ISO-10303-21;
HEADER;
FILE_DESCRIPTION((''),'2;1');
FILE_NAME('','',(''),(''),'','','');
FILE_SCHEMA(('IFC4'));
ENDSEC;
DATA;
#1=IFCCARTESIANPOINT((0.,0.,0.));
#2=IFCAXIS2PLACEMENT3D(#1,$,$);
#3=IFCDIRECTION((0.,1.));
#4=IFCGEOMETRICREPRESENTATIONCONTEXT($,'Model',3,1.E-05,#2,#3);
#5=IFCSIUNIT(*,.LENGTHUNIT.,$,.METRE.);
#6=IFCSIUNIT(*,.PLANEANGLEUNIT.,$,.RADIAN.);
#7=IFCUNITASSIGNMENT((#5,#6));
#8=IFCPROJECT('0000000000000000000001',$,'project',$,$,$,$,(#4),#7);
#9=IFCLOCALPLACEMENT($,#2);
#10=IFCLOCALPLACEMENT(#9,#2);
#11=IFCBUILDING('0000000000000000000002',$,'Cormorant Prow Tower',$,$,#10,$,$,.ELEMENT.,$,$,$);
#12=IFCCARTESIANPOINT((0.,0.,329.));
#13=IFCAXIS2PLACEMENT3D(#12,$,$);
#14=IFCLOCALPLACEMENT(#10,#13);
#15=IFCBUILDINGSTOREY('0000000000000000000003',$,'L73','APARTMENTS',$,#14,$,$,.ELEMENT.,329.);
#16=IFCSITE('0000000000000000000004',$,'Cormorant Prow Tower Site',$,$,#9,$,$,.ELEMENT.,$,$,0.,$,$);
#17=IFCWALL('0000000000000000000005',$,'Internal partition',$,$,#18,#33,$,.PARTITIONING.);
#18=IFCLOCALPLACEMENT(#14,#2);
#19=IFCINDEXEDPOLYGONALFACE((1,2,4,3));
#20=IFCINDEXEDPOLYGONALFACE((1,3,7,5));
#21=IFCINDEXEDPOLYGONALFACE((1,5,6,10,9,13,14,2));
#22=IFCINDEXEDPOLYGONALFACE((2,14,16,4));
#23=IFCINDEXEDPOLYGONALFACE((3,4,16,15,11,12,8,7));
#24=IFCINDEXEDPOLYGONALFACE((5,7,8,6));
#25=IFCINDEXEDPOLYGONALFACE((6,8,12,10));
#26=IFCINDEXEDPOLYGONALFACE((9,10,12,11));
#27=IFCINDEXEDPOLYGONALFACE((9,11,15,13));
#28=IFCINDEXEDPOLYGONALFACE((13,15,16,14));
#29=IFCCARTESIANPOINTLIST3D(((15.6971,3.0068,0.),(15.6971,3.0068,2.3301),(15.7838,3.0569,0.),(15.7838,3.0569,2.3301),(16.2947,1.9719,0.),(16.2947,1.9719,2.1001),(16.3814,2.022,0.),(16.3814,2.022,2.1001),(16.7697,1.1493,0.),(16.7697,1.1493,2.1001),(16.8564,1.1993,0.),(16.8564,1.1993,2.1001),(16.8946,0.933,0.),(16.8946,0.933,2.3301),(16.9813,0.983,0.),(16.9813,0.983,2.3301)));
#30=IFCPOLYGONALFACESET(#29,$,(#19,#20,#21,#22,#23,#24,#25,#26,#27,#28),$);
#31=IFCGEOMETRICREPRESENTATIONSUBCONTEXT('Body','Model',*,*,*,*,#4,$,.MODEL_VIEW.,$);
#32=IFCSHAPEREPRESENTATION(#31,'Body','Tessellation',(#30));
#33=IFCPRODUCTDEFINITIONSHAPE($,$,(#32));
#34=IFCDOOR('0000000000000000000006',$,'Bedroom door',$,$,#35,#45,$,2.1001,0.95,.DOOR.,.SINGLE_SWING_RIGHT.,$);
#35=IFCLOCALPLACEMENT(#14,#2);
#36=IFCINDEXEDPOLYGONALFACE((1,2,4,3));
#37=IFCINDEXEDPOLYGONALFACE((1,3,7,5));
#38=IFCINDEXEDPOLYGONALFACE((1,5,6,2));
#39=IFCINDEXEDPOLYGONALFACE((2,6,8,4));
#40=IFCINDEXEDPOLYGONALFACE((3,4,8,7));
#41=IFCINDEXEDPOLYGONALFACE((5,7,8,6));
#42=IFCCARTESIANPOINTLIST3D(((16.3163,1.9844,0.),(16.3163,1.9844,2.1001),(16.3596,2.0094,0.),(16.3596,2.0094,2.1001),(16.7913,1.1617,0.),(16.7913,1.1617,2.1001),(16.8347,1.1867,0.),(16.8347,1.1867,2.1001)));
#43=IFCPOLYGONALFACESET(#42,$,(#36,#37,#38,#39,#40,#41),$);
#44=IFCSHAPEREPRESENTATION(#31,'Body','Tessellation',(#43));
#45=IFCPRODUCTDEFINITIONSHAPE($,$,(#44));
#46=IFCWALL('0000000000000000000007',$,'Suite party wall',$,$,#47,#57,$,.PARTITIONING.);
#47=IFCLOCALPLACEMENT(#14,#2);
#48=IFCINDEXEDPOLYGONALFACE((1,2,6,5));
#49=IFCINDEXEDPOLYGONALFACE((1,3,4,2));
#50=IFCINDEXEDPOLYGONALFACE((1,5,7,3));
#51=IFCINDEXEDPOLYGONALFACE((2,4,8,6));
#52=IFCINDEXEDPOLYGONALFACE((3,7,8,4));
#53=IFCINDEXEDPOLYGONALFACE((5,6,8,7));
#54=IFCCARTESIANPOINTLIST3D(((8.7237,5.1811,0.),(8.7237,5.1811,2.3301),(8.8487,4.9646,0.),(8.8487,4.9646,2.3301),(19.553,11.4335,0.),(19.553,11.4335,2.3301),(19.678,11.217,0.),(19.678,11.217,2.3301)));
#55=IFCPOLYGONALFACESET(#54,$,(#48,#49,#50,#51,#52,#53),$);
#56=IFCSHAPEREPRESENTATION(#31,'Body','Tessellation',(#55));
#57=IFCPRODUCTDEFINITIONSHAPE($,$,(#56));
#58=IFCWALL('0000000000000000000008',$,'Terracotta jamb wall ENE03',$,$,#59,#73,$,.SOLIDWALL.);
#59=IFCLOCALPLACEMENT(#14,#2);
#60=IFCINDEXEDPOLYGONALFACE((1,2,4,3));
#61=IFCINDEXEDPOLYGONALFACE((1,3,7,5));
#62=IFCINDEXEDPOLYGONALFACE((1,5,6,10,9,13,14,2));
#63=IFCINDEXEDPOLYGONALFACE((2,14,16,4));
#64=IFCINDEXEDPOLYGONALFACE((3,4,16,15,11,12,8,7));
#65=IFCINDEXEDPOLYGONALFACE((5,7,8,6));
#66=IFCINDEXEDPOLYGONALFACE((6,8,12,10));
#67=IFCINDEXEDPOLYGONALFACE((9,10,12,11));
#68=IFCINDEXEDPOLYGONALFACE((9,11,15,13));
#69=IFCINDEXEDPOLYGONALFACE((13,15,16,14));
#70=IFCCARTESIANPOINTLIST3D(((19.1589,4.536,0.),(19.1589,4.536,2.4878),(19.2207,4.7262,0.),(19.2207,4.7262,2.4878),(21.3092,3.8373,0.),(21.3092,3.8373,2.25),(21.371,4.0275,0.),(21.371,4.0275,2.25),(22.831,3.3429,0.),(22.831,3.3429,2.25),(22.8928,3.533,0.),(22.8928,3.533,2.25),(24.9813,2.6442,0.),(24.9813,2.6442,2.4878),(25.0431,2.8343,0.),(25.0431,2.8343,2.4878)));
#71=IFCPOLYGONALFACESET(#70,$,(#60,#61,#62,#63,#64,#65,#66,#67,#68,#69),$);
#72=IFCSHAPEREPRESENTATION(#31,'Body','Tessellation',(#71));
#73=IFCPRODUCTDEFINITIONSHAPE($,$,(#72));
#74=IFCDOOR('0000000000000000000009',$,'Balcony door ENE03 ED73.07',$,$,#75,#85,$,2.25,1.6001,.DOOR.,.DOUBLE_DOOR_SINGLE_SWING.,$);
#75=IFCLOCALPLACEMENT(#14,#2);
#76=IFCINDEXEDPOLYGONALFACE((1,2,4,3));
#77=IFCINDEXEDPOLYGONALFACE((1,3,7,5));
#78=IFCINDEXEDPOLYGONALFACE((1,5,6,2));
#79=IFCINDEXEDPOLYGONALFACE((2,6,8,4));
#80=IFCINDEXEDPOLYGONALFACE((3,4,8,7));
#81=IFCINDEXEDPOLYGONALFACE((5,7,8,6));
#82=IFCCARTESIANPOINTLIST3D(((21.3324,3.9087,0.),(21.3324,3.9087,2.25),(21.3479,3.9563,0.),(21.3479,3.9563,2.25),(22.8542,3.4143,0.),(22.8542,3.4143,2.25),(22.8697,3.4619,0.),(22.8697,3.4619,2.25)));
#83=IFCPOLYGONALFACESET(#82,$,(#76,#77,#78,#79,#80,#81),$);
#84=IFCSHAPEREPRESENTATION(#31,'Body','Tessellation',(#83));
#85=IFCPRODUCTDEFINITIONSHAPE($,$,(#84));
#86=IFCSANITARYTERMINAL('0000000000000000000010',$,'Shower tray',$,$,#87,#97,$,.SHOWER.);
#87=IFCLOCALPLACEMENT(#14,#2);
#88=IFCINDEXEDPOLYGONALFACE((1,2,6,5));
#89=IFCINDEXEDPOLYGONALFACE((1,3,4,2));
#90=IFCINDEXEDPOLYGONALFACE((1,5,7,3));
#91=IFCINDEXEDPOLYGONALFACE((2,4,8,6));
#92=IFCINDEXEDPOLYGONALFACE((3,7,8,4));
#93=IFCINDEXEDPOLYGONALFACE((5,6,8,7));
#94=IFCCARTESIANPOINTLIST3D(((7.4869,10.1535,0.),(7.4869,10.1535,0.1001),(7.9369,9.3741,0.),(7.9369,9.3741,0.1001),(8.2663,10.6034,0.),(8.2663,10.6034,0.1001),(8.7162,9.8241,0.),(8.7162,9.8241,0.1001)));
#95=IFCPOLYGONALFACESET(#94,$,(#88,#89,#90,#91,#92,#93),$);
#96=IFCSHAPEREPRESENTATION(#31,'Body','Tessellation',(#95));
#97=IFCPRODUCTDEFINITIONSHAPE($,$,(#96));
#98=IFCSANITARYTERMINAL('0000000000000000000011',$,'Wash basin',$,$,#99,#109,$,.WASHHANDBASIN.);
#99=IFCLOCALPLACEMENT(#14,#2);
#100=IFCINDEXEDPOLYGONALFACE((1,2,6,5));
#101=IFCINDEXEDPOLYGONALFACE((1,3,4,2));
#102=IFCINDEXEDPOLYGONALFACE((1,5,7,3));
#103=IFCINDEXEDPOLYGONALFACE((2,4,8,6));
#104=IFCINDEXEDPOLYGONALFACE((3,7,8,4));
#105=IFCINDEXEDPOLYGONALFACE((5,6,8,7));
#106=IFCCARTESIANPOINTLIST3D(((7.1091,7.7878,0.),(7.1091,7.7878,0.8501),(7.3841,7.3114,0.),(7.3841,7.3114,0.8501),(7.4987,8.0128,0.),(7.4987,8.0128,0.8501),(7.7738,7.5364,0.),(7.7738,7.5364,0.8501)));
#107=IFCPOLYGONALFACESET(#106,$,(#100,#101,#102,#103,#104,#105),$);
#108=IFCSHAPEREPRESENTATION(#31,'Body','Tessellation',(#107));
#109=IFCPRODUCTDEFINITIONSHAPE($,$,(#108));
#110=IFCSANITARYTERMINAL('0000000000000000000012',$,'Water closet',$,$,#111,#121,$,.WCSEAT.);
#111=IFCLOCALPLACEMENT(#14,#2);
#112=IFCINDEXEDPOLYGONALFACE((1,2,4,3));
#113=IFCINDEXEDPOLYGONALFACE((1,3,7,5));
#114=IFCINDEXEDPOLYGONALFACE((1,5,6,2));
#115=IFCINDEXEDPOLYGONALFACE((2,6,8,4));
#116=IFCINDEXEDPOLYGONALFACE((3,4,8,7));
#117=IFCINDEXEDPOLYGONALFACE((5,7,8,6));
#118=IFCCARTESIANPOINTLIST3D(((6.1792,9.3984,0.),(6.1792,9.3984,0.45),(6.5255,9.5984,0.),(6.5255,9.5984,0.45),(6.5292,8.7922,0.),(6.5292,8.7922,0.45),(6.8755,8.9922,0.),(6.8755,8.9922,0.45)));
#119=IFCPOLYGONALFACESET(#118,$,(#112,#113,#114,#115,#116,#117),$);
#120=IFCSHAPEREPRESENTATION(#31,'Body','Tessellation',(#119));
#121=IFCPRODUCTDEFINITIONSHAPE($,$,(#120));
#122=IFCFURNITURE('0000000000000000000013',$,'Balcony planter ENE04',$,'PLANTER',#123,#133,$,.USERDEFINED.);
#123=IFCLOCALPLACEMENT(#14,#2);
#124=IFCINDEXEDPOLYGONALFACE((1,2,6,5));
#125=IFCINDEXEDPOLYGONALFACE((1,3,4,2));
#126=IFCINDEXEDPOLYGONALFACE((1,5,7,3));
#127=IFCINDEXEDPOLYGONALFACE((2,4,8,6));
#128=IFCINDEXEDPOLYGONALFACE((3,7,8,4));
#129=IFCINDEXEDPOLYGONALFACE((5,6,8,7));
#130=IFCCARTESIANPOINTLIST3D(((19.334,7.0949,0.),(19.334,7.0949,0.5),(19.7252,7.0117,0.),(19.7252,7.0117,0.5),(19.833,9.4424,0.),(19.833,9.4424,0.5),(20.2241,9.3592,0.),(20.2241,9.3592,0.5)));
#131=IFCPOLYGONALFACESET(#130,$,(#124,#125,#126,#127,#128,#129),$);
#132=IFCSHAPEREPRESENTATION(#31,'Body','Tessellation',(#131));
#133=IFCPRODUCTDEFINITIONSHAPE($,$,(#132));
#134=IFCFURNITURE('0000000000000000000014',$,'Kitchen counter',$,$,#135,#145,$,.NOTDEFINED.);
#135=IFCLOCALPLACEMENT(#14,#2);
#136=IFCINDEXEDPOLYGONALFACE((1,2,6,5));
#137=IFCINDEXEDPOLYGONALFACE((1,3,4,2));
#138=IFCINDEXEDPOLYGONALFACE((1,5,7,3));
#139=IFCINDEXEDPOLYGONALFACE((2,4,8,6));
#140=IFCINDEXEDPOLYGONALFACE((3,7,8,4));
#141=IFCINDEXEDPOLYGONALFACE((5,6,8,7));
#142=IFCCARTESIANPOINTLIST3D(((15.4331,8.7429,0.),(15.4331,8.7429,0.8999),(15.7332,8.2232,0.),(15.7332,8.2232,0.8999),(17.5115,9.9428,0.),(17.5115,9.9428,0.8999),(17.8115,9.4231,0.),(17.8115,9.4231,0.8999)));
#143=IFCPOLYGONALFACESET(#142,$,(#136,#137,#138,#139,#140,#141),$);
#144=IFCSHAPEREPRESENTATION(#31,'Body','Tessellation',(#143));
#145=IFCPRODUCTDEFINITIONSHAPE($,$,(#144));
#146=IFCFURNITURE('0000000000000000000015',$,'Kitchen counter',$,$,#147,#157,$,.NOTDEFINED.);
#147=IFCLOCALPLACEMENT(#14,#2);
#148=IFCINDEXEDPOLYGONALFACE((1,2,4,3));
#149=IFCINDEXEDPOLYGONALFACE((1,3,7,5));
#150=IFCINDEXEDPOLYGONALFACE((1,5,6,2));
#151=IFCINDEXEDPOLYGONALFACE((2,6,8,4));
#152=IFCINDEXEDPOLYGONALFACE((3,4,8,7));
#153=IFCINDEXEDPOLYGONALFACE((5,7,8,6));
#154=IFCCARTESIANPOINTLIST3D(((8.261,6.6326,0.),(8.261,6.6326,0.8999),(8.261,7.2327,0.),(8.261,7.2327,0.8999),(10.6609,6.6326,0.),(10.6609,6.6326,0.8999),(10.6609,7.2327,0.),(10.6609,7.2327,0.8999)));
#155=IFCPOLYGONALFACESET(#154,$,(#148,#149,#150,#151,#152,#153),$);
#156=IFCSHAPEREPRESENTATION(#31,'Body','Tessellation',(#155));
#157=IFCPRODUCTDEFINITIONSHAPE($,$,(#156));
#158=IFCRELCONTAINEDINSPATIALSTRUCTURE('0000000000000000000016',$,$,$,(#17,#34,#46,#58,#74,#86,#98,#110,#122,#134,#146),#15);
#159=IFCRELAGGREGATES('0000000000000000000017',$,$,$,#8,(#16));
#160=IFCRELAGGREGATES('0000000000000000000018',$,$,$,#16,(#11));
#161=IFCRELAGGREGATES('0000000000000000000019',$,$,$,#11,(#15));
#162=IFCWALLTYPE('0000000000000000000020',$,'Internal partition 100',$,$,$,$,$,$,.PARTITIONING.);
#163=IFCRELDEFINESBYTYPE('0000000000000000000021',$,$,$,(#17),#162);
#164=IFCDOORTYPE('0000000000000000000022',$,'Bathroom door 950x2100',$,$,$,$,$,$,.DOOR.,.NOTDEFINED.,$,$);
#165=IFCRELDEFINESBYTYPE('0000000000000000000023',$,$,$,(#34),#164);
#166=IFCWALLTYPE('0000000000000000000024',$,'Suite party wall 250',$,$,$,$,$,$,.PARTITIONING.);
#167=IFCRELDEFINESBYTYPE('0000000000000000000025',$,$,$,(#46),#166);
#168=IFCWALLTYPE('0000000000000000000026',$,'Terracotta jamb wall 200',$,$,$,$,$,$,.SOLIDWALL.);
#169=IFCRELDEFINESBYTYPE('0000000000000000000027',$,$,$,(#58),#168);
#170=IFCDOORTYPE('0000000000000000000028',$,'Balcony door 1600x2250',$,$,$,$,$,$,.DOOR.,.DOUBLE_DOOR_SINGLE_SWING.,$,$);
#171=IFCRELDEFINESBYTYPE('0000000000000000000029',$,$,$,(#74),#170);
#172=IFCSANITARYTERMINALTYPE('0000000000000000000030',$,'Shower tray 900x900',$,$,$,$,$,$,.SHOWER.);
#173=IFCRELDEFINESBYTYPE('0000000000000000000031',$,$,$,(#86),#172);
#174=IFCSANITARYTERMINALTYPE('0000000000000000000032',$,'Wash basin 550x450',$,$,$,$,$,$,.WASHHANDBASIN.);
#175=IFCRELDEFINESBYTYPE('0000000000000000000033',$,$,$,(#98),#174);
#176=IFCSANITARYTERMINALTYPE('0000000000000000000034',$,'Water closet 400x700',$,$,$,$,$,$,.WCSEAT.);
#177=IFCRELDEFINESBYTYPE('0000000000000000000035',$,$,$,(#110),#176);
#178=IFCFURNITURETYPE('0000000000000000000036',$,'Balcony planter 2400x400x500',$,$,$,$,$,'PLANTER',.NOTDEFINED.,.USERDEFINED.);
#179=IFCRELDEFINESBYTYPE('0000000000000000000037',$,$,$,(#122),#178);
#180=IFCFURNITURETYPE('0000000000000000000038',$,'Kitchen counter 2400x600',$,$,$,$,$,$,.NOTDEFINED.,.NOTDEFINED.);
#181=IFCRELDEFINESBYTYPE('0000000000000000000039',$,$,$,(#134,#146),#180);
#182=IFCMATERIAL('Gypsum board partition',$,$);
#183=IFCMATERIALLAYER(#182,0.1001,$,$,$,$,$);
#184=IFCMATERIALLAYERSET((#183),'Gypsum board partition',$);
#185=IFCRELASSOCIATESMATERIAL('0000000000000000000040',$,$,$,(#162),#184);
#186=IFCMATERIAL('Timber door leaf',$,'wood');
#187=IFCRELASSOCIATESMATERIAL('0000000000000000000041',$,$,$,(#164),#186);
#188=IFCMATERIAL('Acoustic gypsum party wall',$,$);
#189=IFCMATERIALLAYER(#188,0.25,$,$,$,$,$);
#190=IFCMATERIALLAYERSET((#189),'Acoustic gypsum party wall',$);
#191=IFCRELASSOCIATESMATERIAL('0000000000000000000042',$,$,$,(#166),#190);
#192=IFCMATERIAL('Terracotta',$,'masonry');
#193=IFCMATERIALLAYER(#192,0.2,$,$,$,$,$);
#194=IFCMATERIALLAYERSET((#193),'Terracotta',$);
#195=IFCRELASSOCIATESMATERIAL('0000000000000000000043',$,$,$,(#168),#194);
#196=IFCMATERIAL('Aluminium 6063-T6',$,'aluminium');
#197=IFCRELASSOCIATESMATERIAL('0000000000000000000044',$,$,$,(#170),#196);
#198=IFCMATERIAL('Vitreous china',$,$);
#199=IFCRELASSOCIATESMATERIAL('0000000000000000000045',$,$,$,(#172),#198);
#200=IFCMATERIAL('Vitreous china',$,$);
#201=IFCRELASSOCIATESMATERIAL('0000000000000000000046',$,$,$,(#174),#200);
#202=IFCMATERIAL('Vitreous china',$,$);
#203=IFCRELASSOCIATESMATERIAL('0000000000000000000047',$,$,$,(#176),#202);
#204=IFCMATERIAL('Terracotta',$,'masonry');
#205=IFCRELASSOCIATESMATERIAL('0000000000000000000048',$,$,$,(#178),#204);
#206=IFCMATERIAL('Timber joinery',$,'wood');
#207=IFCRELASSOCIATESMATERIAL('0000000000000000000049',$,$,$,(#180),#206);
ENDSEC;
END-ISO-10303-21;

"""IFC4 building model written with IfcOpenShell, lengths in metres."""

from ifc_helpers import new_model, si_unit, direction, frame, frame_2d, origin, origin_2d, place, context, subcontext, project, spatial, rectangle, extrude, material, layer, layer_set, type_object, element, fill, save


model = new_model("IFC4")

# Units and contexts
model_context = context("Model", 3, precision=1e-05, world=origin(), true_north=direction((0.0, 1.0)))
body_context = subcontext(model_context, "Body", "Model", "MODEL_VIEW")
ifc_project = project(units=[si_unit("LENGTHUNIT", "METRE"), si_unit("PLANEANGLEUNIT", "RADIAN")], contexts=[model_context])

# Site, building, storey
site_placement = place(None, origin())
site = spatial("IfcSite", under=ifc_project, at=site_placement, Name="Cormorant Prow Tower Site", CompositionType="ELEMENT", RefElevation=0.0)
building_placement = place(site_placement, origin())
building = spatial("IfcBuilding", under=site, at=building_placement, Name="Cormorant Prow Tower", CompositionType="ELEMENT")
storey_placement = place(building_placement, frame((0.0, 0.0, 329.0)))
storey = spatial("IfcBuildingStorey", under=building, at=storey_placement, Name="L73", Description="APARTMENTS", CompositionType="ELEMENT", Elevation=329.0)

# Shared definitions
ifc_material_1 = material(Name="Gypsum board partition")
ifc_layer_1 = layer(ifc_material_1, 0.1001)
ifc_layer_set_1 = layer_set([ifc_layer_1], Name="Gypsum board partition")
wall_type_1 = type_object("IfcWallType", Name="Internal partition 100", PredefinedType="PARTITIONING", material=ifc_layer_set_1)
ifc_material_2 = material(Name="Timber door leaf", Category="wood")
door_type_1 = type_object("IfcDoorType", Name="Bathroom door 950x2100", OperationType="NOTDEFINED", PredefinedType="DOOR", material=ifc_material_2)

# Wall, opening, door
wall_1_placement = place(storey_placement, frame((15.7405, 3.0317, 0.0), z_axis=(0.0, 0.0, 1.0), x_axis=(0.500075, -0.865982, 0.0)))
wall_1 = element("IfcWall", 1, at=wall_1_placement, inside=storey, type_object=wall_type_1, Name="Internal partition", PredefinedType="PARTITIONING", context=body_context, shape_type="SweptSolid", body=[
    extrude(rectangle(XDim=2.3948, YDim=0.1001, at=frame_2d((1.1973, 0.0))), origin(), (0.0, 0.0, 1.0), 2.3301),
])
opening_1_placement = place(wall_1_placement, frame((1.1948, 0.0, 0.0)))
opening_1 = element("IfcOpeningElement", 2, at=opening_1_placement, cuts=wall_1, PredefinedType="OPENING", context=body_context, shape_type="SweptSolid", body=[
    extrude(rectangle(XDim=0.95, YDim=2.1001, at=frame_2d((0.4751, 1.05))), frame((0.0, 0.0601, 0.0), z_axis=(0.0, -1.0, 0.0), x_axis=(1.0, 0.0, 0.0)), (0.0, 0.0, 1.0), 0.1201),
])
door_1_placement = place(opening_1_placement, origin())
door_1 = element("IfcDoor", 3, at=door_1_placement, inside=storey, type_object=door_type_1, Name="Bedroom door", OperationType="SINGLE_SWING_RIGHT", OverallHeight=2.1001, OverallWidth=0.95, PredefinedType="DOOR", context=body_context, shape_type="SweptSolid", body=[
    extrude(rectangle(XDim=0.95, YDim=2.1001, at=frame_2d((0.4751, 1.05))), frame((0.0, 0.0249, 0.0), z_axis=(0.0, -1.0, 0.0), x_axis=(1.0, 0.0, 0.0)), (0.0, 0.0, 1.0), 0.05),
])
fill(opening_1, door_1)

# Wall
ifc_material_3 = material(Name="Acoustic gypsum party wall")
ifc_layer_2 = layer(ifc_material_3, 0.25)
ifc_layer_set_2 = layer_set([ifc_layer_2], Name="Acoustic gypsum party wall")
wall_type_2 = type_object("IfcWallType", Name="Suite party wall 250", PredefinedType="PARTITIONING", material=ifc_layer_set_2)
wall_2_placement = place(storey_placement, frame((8.7861, 5.0728, 0.0), z_axis=(0.0, 0.0, 1.0), x_axis=(0.866021, 0.500007, 0.0)))
element("IfcWall", 4, at=wall_2_placement, inside=storey, type_object=wall_type_2, Name="Suite party wall", PredefinedType="PARTITIONING", context=body_context, shape_type="SweptSolid", body=[
    extrude(rectangle(XDim=12.5046, YDim=0.25, at=frame_2d((6.2524, 0.0))), origin(), (0.0, 0.0, 1.0), 2.3301),
])

# Wall, opening, door
ifc_material_4 = material(Name="Terracotta", Category="masonry")
ifc_layer_3 = layer(ifc_material_4, 0.2)
ifc_layer_set_3 = layer_set([ifc_layer_3], Name="Terracotta")
wall_type_3 = type_object("IfcWallType", Name="Terracotta jamb wall 200", PredefinedType="SOLIDWALL", material=ifc_layer_set_3)
wall_3_placement = place(storey_placement, frame((25.0122, 2.7393, 0.0), z_axis=(0.0, 0.0, 1.0), x_axis=(-0.951057, 0.309017, 0.0)))
wall_3 = element("IfcWall", 5, at=wall_3_placement, inside=storey, type_object=wall_type_3, Name="Terracotta jamb wall ENE03", PredefinedType="SOLIDWALL", context=body_context, shape_type="SweptSolid", body=[
    extrude(rectangle(XDim=6.1221, YDim=0.2, at=frame_2d((3.061, 0.0))), origin(), (0.0, 0.0, 1.0), 2.4878),
])
opening_2_placement = place(wall_3_placement, frame((2.261, 0.0, 0.0)))
opening_2 = element("IfcOpeningElement", 6, at=opening_2_placement, cuts=wall_3, PredefinedType="OPENING", context=body_context, shape_type="SweptSolid", body=[
    extrude(rectangle(XDim=1.6001, YDim=2.25, at=frame_2d((0.8, 1.125))), frame((0.0, 0.1099, 0.0), z_axis=(0.0, -1.0, 0.0), x_axis=(1.0, 0.0, 0.0)), (0.0, 0.0, 1.0), 0.22),
])
ifc_material_5 = material(Name="Aluminium 6063-T6", Category="aluminium")
door_type_2 = type_object("IfcDoorType", Name="Balcony door 1600x2250", OperationType="DOUBLE_DOOR_SINGLE_SWING", PredefinedType="DOOR", material=ifc_material_5)
door_2_placement = place(opening_2_placement, origin())
door_2 = element("IfcDoor", 7, at=door_2_placement, inside=storey, type_object=door_type_2, Name="Balcony door ENE03 ED73.07", OperationType="DOUBLE_DOOR_SINGLE_SWING", OverallHeight=2.25, OverallWidth=1.6001, PredefinedType="DOOR", context=body_context, shape_type="SweptSolid", body=[
    extrude(rectangle(XDim=1.6001, YDim=2.25, at=frame_2d((0.8, 1.125))), frame((0.0, 0.0249, 0.0), z_axis=(0.0, -1.0, 0.0), x_axis=(1.0, 0.0, 0.0)), (0.0, 0.0, 1.0), 0.05),
])
fill(opening_2, door_2)

# Sanitary terminals
ifc_material_6 = material(Name="Vitreous china")
sanitary_terminal_type_1 = type_object("IfcSanitaryTerminalType", Name="Shower tray 900x900", PredefinedType="SHOWER", material=ifc_material_6)
sanitary_terminal_1_placement = place(storey_placement, frame((8.1016, 9.9888, 0.0), z_axis=(0.0, 0.0, 1.0), x_axis=(0.5, -0.866025, 0.0)))
element("IfcSanitaryTerminal", 8, at=sanitary_terminal_1_placement, inside=storey, type_object=sanitary_terminal_type_1, Name="Shower tray", PredefinedType="SHOWER", context=body_context, shape_type="SweptSolid", body=[
    extrude(rectangle(XDim=0.8999, YDim=0.8999, at=origin_2d()), origin(), (0.0, 0.0, 1.0), 0.1001),
])
ifc_material_7 = material(Name="Vitreous china")
sanitary_terminal_type_2 = type_object("IfcSanitaryTerminalType", Name="Wash basin 550x450", PredefinedType="WASHHANDBASIN", material=ifc_material_7)
sanitary_terminal_2_placement = place(storey_placement, frame((7.4414, 7.6621, 0.0), z_axis=(0.0, 0.0, 1.0), x_axis=(-0.5, 0.866025, 0.0)))
element("IfcSanitaryTerminal", 9, at=sanitary_terminal_2_placement, inside=storey, type_object=sanitary_terminal_type_2, Name="Wash basin", PredefinedType="WASHHANDBASIN", context=body_context, shape_type="SweptSolid", body=[
    extrude(rectangle(XDim=0.55, YDim=0.45, at=origin_2d()), origin(), (0.0, 0.0, 1.0), 0.8501),
])
ifc_material_8 = material(Name="Vitreous china")
sanitary_terminal_type_3 = type_object("IfcSanitaryTerminalType", Name="Water closet 400x700", PredefinedType="WCSEAT", material=ifc_material_8)
sanitary_terminal_3_placement = place(storey_placement, frame((6.5273, 9.1953, 0.0), z_axis=(0.0, 0.0, 1.0), x_axis=(0.866025, 0.5, 0.0)))
element("IfcSanitaryTerminal", 10, at=sanitary_terminal_3_placement, inside=storey, type_object=sanitary_terminal_type_3, Name="Water closet", PredefinedType="WCSEAT", context=body_context, shape_type="SweptSolid", body=[
    extrude(rectangle(XDim=0.3999, YDim=0.7, at=origin_2d()), origin(), (0.0, 0.0, 1.0), 0.45),
])

# Furniture
ifc_material_9 = material(Name="Terracotta", Category="masonry")
furniture_type_1 = type_object("IfcFurnitureType", Name="Balcony planter 2400x400x500", ElementType="PLANTER", AssemblyPlace="NOTDEFINED", PredefinedType="USERDEFINED", material=ifc_material_9)
furniture_placement = place(storey_placement, frame((19.7791, 8.2271, 0.0), z_axis=(0.0, 0.0, 1.0), x_axis=(0.207912, 0.978148, 0.0)))
element("IfcFurniture", 11, at=furniture_placement, inside=storey, type_object=furniture_type_1, Name="Balcony planter ENE04", ObjectType="PLANTER", PredefinedType="USERDEFINED", context=body_context, shape_type="SweptSolid", body=[
    extrude(rectangle(XDim=2.3999, YDim=0.3999, at=origin_2d()), origin(), (0.0, 0.0, 1.0), 0.5),
])
ifc_material_10 = material(Name="Timber joinery", Category="wood")
furniture_type_2 = type_object("IfcFurnitureType", Name="Kitchen counter 2400x600", AssemblyPlace="NOTDEFINED", PredefinedType="NOTDEFINED", material=ifc_material_10)
for number, where, z_axis, x_axis, name in (
    (12, (16.6223, 9.083, 0.0), (0.0, 0.0, 1.0), (0.866025, 0.5, 0.0), "Kitchen counter"),
    (13, (9.4609, 6.9326, 0.0), (0.0, 0.0, 1.0), (1.0, 0.0, 0.0), "Kitchen counter"),
):
    element("IfcFurniture", number, at=place(storey_placement, frame(where, z_axis=z_axis, x_axis=x_axis)), inside=storey, type_object=furniture_type_2, Name=name, PredefinedType="NOTDEFINED", context=body_context, shape_type="SweptSolid", body=[
        extrude(rectangle(XDim=2.3999, YDim=0.6001, at=origin_2d()), origin(), (0.0, 0.0, 1.0), 0.8999),
    ])

save(model, "model.ifc")
